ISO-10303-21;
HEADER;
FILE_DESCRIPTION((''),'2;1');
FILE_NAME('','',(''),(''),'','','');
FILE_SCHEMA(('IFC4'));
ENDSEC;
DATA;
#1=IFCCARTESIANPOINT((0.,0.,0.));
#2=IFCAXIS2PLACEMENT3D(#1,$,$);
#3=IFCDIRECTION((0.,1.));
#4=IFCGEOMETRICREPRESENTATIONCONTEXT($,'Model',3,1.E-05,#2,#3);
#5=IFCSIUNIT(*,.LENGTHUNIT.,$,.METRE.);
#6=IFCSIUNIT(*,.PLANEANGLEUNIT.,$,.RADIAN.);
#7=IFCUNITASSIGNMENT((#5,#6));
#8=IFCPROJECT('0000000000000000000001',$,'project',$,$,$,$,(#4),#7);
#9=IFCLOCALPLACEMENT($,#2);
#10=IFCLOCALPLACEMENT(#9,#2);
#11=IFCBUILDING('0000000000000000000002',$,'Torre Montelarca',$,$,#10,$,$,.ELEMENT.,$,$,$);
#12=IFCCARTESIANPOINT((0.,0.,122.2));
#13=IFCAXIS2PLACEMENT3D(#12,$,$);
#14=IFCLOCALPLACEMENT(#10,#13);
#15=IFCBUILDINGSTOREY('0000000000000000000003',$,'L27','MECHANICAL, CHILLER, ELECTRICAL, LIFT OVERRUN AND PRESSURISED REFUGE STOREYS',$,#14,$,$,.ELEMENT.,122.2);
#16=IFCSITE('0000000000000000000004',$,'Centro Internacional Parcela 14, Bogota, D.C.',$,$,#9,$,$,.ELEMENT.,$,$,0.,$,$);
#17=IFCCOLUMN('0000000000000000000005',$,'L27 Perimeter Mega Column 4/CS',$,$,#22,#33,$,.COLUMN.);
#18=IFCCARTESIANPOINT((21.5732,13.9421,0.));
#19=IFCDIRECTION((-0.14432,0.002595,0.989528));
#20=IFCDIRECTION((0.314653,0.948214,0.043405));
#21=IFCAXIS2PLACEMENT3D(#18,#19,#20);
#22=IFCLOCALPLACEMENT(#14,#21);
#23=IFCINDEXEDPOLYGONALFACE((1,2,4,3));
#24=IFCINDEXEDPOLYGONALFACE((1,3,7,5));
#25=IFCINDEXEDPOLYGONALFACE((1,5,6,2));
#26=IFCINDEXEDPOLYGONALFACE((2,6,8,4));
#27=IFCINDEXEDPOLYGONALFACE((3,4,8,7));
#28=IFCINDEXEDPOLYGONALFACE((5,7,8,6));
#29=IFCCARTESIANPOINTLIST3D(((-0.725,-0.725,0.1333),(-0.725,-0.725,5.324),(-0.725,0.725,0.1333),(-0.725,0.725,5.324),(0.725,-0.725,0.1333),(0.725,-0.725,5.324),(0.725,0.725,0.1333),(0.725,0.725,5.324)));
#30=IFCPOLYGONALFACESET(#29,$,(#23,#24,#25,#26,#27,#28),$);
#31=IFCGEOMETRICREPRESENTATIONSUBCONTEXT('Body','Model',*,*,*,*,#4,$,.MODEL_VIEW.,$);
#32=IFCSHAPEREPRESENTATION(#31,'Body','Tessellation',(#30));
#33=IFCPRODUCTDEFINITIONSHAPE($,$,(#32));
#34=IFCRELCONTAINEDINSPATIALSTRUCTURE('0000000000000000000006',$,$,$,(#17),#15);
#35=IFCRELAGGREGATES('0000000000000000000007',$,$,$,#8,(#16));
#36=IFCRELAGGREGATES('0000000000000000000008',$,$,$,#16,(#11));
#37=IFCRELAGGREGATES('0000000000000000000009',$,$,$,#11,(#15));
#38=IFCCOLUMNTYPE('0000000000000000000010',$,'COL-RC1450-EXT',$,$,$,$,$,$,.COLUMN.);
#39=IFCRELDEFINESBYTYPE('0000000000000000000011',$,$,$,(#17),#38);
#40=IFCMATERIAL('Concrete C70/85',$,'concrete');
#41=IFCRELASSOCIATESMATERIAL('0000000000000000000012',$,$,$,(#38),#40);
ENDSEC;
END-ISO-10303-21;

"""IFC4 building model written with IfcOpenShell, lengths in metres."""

from ifc_helpers import new_model, si_unit, direction, frame, origin, origin_2d, place, context, subcontext, project, spatial, rectangle, extrude, clip, halfspace, material, material_profile, profile_set, type_object, element, save


model = new_model("IFC4")

# Units and contexts
model_context = context("Model", 3, precision=1e-05, world=origin(), true_north=direction((0.0, 1.0)))
body_context = subcontext(model_context, "Body", "Model", "MODEL_VIEW")
ifc_project = project(units=[si_unit("LENGTHUNIT", "METRE"), si_unit("PLANEANGLEUNIT", "RADIAN")], contexts=[model_context])

# Site, building, storey
site_placement = place(None, origin())
site = spatial("IfcSite", under=ifc_project, at=site_placement, Name="Centro Internacional Parcela 14, Bogota, D.C.", CompositionType="ELEMENT", RefElevation=0.0)
building_placement = place(site_placement, origin())
building = spatial("IfcBuilding", under=site, at=building_placement, Name="Torre Montelarca", CompositionType="ELEMENT")
storey_placement = place(building_placement, frame((0.0, 0.0, 122.2)))
storey = spatial("IfcBuildingStorey", under=building, at=storey_placement, Name="L27", Description="MECHANICAL, CHILLER, ELECTRICAL, LIFT OVERRUN AND PRESSURISED REFUGE STOREYS", CompositionType="ELEMENT", Elevation=122.2)

# Column
ifc_material_1 = material(Name="Concrete C70/85", Category="concrete")
ifc_material_profile_1 = material_profile(ifc_material_1, rectangle(XDim=1.45, YDim=1.45, at=origin_2d()), Name="RC1450X1450", Category="concrete")
ifc_profile_set_1 = profile_set([ifc_material_profile_1], Name="Concrete C70/85")
column_type = type_object("IfcColumnType", Name="COL-RC1450-EXT", PredefinedType="COLUMN", material=ifc_profile_set_1)
column_placement = place(storey_placement, frame((21.5732, 13.9421, 0.0), z_axis=(-0.14432, 0.002595, 0.989528), x_axis=(0.314653, 0.948214, 0.043405)))
element("IfcColumn", 1, at=column_placement, inside=storey, type_object=column_type, Name="L27 Perimeter Mega Column 4/CS", PredefinedType="COLUMN", context=body_context, shape_type="Clipping", body=[
    clip(clip(extrude(rectangle(XDim=1.45, YDim=1.45, at=origin_2d()), origin(), (0.0, 0.0, 1.0), 5.4573), halfspace(frame((0.0, 0.0, 0.1333), z_axis=(0.0, 0.0, -1.0), x_axis=(1.0, 0.0, 0.0)), False)), halfspace(frame((0.0, 0.0, 5.324), z_axis=(0.0, 0.0, 1.0), x_axis=(1.0, 0.0, 0.0)), False)),
])

save(model, "model.ifc")
